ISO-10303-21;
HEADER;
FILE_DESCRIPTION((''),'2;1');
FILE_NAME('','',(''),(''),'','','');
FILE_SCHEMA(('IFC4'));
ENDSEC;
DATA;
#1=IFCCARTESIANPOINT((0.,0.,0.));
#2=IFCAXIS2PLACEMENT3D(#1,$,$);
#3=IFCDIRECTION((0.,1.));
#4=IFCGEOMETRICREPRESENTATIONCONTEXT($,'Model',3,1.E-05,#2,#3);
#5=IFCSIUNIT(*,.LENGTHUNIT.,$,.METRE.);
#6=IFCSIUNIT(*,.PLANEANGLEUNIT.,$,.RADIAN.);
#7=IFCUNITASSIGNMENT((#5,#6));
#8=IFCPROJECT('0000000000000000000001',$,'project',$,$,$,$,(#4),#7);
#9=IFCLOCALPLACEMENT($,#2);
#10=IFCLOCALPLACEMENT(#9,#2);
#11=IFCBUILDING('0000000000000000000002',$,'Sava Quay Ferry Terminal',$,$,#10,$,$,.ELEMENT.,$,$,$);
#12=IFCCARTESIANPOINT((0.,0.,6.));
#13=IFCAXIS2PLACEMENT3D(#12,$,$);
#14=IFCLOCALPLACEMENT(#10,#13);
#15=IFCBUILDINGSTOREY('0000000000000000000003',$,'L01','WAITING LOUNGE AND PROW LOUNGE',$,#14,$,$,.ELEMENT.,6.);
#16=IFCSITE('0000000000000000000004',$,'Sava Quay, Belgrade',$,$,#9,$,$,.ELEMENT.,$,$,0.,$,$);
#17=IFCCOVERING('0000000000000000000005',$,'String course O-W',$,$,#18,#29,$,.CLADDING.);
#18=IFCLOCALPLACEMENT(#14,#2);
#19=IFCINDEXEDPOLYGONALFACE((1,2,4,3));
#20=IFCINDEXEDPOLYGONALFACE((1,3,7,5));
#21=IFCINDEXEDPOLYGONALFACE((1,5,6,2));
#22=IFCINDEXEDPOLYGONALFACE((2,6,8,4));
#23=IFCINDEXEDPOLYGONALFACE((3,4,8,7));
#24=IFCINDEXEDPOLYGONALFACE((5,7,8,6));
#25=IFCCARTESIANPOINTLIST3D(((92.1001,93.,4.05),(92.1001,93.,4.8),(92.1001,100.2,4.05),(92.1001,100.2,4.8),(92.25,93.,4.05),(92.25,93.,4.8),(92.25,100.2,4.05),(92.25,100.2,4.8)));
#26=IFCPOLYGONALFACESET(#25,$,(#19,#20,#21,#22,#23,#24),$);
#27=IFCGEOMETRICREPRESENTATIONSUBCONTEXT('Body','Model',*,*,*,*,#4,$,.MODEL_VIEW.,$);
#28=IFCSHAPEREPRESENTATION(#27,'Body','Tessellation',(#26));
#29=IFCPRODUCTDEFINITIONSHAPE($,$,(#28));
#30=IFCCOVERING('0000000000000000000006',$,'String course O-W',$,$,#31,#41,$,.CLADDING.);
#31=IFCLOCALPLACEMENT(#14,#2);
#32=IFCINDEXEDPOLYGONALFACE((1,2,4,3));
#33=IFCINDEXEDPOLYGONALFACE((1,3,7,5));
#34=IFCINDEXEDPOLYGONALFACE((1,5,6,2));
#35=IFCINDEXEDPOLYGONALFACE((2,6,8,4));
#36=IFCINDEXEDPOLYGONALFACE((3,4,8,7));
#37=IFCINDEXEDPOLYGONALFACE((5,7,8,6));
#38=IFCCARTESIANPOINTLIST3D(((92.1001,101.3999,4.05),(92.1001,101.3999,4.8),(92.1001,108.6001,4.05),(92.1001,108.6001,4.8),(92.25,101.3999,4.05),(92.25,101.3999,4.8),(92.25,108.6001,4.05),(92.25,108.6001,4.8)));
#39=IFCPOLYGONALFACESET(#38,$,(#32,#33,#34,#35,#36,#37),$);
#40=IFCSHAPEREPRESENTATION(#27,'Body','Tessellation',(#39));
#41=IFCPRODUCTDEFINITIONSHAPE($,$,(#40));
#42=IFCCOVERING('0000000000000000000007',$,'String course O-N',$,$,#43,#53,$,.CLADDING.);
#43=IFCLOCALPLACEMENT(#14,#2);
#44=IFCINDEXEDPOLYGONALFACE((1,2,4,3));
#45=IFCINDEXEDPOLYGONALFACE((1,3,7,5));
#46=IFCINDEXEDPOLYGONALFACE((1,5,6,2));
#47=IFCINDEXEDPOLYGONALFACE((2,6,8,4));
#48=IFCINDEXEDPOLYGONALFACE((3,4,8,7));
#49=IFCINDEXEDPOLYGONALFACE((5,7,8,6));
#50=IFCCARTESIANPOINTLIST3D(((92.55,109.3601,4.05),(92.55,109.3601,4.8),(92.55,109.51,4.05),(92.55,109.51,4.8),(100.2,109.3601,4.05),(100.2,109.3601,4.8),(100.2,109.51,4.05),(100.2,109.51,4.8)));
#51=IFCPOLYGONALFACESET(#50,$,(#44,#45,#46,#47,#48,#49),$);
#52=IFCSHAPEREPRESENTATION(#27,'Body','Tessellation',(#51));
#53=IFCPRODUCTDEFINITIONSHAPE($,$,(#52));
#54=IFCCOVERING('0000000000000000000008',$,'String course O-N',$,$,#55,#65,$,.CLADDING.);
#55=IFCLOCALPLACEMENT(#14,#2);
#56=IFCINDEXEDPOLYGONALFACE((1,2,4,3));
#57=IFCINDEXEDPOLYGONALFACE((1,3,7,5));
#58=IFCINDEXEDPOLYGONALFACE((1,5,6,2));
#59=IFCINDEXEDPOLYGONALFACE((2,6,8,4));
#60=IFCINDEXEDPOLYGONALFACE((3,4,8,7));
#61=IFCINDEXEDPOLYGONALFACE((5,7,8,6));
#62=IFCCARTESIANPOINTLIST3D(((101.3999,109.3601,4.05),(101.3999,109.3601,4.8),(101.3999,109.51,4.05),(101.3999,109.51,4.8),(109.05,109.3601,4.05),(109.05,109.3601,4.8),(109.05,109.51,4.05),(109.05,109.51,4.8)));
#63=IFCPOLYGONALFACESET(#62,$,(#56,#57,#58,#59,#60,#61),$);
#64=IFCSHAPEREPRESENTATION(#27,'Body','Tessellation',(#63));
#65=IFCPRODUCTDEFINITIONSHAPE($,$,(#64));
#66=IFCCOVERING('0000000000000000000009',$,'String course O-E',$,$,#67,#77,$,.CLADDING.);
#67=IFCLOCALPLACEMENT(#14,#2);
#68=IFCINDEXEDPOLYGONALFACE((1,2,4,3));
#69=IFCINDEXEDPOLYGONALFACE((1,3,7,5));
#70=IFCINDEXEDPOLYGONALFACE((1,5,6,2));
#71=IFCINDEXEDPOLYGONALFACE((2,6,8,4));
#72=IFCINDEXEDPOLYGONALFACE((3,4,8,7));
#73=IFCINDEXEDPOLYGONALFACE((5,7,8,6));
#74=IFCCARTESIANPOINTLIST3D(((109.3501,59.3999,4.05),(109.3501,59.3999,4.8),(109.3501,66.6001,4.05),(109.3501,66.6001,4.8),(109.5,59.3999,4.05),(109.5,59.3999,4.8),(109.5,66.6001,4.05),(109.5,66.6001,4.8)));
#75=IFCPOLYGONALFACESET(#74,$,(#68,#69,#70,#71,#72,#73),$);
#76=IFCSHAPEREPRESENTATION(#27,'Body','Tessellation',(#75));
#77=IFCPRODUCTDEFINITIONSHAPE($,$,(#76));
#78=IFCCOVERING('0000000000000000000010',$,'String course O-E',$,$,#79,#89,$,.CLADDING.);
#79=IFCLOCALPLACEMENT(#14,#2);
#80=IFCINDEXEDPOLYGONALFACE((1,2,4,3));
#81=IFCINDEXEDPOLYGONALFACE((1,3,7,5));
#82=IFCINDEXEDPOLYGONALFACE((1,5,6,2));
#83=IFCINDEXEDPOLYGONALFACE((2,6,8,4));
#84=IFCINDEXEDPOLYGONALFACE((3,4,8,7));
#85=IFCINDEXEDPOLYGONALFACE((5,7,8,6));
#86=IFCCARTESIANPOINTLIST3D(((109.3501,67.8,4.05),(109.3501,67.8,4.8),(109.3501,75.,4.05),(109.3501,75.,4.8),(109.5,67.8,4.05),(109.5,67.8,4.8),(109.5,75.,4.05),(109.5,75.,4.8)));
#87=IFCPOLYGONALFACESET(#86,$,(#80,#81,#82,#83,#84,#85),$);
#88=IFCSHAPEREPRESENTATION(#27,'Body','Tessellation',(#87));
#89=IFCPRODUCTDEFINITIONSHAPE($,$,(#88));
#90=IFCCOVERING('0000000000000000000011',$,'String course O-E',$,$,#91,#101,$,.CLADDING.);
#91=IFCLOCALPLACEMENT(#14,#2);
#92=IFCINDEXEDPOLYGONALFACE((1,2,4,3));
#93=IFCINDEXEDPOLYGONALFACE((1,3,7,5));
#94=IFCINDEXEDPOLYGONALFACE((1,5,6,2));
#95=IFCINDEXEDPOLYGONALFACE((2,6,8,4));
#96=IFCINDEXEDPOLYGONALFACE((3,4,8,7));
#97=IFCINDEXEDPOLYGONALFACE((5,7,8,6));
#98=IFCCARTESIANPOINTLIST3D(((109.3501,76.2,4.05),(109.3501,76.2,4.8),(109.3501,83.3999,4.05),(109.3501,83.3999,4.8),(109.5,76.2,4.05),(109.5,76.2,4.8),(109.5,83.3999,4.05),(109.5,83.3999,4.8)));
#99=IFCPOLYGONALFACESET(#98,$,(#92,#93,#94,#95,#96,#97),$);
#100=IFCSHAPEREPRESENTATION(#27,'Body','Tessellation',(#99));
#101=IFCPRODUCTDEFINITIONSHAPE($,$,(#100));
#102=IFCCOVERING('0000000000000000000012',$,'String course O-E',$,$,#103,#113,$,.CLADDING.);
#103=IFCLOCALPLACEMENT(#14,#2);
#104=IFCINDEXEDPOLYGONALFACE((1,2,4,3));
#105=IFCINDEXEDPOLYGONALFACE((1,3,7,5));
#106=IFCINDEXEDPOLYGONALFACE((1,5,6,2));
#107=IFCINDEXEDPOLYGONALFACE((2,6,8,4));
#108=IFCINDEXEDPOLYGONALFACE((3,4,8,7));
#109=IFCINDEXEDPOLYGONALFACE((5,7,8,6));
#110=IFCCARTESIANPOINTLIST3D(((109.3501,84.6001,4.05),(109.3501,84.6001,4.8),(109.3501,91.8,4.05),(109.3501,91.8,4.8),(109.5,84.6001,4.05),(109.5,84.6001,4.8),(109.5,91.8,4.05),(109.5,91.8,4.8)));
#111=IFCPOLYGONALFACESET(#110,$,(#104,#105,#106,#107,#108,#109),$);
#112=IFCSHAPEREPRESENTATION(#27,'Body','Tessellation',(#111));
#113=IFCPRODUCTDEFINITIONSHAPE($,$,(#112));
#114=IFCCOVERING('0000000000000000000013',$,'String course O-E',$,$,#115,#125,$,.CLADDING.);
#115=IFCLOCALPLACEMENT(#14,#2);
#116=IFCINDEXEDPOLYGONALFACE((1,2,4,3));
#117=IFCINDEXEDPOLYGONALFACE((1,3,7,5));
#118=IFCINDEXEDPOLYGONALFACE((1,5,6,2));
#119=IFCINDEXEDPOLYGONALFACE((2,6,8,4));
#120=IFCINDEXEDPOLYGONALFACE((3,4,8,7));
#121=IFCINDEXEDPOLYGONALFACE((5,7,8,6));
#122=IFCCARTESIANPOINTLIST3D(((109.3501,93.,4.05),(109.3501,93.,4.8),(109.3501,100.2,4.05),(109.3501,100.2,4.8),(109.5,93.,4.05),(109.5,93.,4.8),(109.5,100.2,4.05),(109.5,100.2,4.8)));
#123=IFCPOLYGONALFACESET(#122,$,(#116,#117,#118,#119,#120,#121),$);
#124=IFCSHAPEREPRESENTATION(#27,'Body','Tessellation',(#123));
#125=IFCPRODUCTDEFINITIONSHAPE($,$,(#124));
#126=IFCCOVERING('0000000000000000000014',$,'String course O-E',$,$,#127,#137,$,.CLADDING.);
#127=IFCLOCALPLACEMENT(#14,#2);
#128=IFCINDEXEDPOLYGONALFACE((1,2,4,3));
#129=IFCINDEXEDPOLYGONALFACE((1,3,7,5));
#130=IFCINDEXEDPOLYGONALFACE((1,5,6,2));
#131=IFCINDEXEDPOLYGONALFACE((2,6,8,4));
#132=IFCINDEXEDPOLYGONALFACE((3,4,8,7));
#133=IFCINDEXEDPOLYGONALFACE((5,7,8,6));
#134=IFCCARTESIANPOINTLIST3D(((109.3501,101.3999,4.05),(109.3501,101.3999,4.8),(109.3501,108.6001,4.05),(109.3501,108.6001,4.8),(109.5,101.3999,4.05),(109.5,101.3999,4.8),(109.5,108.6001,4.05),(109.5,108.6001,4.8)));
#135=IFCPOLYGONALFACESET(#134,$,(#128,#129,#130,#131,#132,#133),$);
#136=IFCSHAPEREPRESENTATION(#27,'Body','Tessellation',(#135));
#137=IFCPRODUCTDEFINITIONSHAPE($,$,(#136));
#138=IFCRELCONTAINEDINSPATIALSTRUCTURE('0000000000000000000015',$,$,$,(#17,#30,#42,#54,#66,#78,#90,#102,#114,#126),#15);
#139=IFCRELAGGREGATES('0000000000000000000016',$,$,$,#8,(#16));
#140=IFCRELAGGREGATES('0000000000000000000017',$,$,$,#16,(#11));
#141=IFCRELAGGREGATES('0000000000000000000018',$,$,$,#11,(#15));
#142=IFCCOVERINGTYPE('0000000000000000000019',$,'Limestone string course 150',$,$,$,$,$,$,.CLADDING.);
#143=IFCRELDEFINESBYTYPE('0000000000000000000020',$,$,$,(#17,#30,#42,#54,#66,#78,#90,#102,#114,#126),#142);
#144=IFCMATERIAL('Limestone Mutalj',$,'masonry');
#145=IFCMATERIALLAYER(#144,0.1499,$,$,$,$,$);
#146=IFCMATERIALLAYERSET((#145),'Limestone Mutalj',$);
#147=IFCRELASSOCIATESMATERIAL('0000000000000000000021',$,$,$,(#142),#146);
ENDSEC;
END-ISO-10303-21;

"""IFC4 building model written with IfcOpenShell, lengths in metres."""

from ifc_helpers import new_model, si_unit, direction, frame, origin, place, context, subcontext, project, spatial, polyline, outline, extrude, material, layer, layer_set, type_object, element, save


model = new_model("IFC4")

# Units and contexts
model_context = context("Model", 3, precision=1e-05, world=origin(), true_north=direction((0.0, 1.0)))
body_context = subcontext(model_context, "Body", "Model", "MODEL_VIEW")
ifc_project = project(units=[si_unit("LENGTHUNIT", "METRE"), si_unit("PLANEANGLEUNIT", "RADIAN")], contexts=[model_context])

# Site, building, storey
site_placement = place(None, origin())
site = spatial("IfcSite", under=ifc_project, at=site_placement, Name="Sava Quay, Belgrade", CompositionType="ELEMENT", RefElevation=0.0)
building_placement = place(site_placement, origin())
building = spatial("IfcBuilding", under=site, at=building_placement, Name="Sava Quay Ferry Terminal", CompositionType="ELEMENT")
storey_placement = place(building_placement, frame((0.0, 0.0, 6.0)))
storey = spatial("IfcBuildingStorey", under=building, at=storey_placement, Name="L01", Description="WAITING LOUNGE AND PROW LOUNGE", CompositionType="ELEMENT", Elevation=6.0)

# Coverings
ifc_material = material(Name="Limestone Mutalj", Category="masonry")
ifc_layer = layer(ifc_material, 0.1499)
ifc_layer_set = layer_set([ifc_layer], Name="Limestone Mutalj")
covering_type = type_object("IfcCoveringType", Name="Limestone string course 150", PredefinedType="CLADDING", material=ifc_layer_set)
covering_1_placement = place(storey_placement, frame((0.0, 0.0, 4.05)))
element("IfcCovering", 1, at=covering_1_placement, inside=storey, type_object=covering_type, Name="String course O-W", PredefinedType="CLADDING", context=body_context, shape_type="SweptSolid", body=[
    extrude(outline(polyline([(92.25, 93.0), (92.25, 100.2), (92.1001, 100.2), (92.1001, 93.0), (92.25, 93.0)])), origin(), (0.0, 0.0, 1.0), 0.75),
])
covering_2_placement = place(storey_placement, frame((0.0, 0.0, 4.05)))
element("IfcCovering", 2, at=covering_2_placement, inside=storey, type_object=covering_type, Name="String course O-W", PredefinedType="CLADDING", context=body_context, shape_type="SweptSolid", body=[
    extrude(outline(polyline([(92.25, 101.3999), (92.25, 108.6001), (92.1001, 108.6001), (92.1001, 101.3999), (92.25, 101.3999)])), origin(), (0.0, 0.0, 1.0), 0.75),
])
covering_3_placement = place(storey_placement, frame((0.0, 0.0, 4.05)))
element("IfcCovering", 3, at=covering_3_placement, inside=storey, type_object=covering_type, Name="String course O-N", PredefinedType="CLADDING", context=body_context, shape_type="SweptSolid", body=[
    extrude(outline(polyline([(92.55, 109.3601), (100.2, 109.3601), (100.2, 109.51), (92.55, 109.51), (92.55, 109.3601)])), origin(), (0.0, 0.0, 1.0), 0.75),
])
covering_4_placement = place(storey_placement, frame((0.0, 0.0, 4.05)))
element("IfcCovering", 4, at=covering_4_placement, inside=storey, type_object=covering_type, Name="String course O-N", PredefinedType="CLADDING", context=body_context, shape_type="SweptSolid", body=[
    extrude(outline(polyline([(101.3999, 109.3601), (109.05, 109.3601), (109.05, 109.51), (101.3999, 109.51), (101.3999, 109.3601)])), origin(), (0.0, 0.0, 1.0), 0.75),
])
covering_5_placement = place(storey_placement, frame((0.0, 0.0, 4.05)))
element("IfcCovering", 5, at=covering_5_placement, inside=storey, type_object=covering_type, Name="String course O-E", PredefinedType="CLADDING", context=body_context, shape_type="SweptSolid", body=[
    extrude(outline(polyline([(109.3501, 59.3999), (109.3501, 66.6001), (109.5, 66.6001), (109.5, 59.3999), (109.3501, 59.3999)])), origin(), (0.0, 0.0, 1.0), 0.75),
])
covering_6_placement = place(storey_placement, frame((0.0, 0.0, 4.05)))
element("IfcCovering", 6, at=covering_6_placement, inside=storey, type_object=covering_type, Name="String course O-E", PredefinedType="CLADDING", context=body_context, shape_type="SweptSolid", body=[
    extrude(outline(polyline([(109.3501, 67.8), (109.3501, 75.0), (109.5, 75.0), (109.5, 67.8), (109.3501, 67.8)])), origin(), (0.0, 0.0, 1.0), 0.75),
])
covering_7_placement = place(storey_placement, frame((0.0, 0.0, 4.05)))
element("IfcCovering", 7, at=covering_7_placement, inside=storey, type_object=covering_type, Name="String course O-E", PredefinedType="CLADDING", context=body_context, shape_type="SweptSolid", body=[
    extrude(outline(polyline([(109.3501, 76.2), (109.3501, 83.3999), (109.5, 83.3999), (109.5, 76.2), (109.3501, 76.2)])), origin(), (0.0, 0.0, 1.0), 0.75),
])
covering_8_placement = place(storey_placement, frame((0.0, 0.0, 4.05)))
element("IfcCovering", 8, at=covering_8_placement, inside=storey, type_object=covering_type, Name="String course O-E", PredefinedType="CLADDING", context=body_context, shape_type="SweptSolid", body=[
    extrude(outline(polyline([(109.3501, 84.6001), (109.3501, 91.8), (109.5, 91.8), (109.5, 84.6001), (109.3501, 84.6001)])), origin(), (0.0, 0.0, 1.0), 0.75),
])
covering_9_placement = place(storey_placement, frame((0.0, 0.0, 4.05)))
element("IfcCovering", 9, at=covering_9_placement, inside=storey, type_object=covering_type, Name="String course O-E", PredefinedType="CLADDING", context=body_context, shape_type="SweptSolid", body=[
    extrude(outline(polyline([(109.3501, 93.0), (109.3501, 100.2), (109.5, 100.2), (109.5, 93.0), (109.3501, 93.0)])), origin(), (0.0, 0.0, 1.0), 0.75),
])
covering_10_placement = place(storey_placement, frame((0.0, 0.0, 4.05)))
element("IfcCovering", 10, at=covering_10_placement, inside=storey, type_object=covering_type, Name="String course O-E", PredefinedType="CLADDING", context=body_context, shape_type="SweptSolid", body=[
    extrude(outline(polyline([(109.3501, 101.3999), (109.3501, 108.6001), (109.5, 108.6001), (109.5, 101.3999), (109.3501, 101.3999)])), origin(), (0.0, 0.0, 1.0), 0.75),
])

save(model, "model.ifc")
